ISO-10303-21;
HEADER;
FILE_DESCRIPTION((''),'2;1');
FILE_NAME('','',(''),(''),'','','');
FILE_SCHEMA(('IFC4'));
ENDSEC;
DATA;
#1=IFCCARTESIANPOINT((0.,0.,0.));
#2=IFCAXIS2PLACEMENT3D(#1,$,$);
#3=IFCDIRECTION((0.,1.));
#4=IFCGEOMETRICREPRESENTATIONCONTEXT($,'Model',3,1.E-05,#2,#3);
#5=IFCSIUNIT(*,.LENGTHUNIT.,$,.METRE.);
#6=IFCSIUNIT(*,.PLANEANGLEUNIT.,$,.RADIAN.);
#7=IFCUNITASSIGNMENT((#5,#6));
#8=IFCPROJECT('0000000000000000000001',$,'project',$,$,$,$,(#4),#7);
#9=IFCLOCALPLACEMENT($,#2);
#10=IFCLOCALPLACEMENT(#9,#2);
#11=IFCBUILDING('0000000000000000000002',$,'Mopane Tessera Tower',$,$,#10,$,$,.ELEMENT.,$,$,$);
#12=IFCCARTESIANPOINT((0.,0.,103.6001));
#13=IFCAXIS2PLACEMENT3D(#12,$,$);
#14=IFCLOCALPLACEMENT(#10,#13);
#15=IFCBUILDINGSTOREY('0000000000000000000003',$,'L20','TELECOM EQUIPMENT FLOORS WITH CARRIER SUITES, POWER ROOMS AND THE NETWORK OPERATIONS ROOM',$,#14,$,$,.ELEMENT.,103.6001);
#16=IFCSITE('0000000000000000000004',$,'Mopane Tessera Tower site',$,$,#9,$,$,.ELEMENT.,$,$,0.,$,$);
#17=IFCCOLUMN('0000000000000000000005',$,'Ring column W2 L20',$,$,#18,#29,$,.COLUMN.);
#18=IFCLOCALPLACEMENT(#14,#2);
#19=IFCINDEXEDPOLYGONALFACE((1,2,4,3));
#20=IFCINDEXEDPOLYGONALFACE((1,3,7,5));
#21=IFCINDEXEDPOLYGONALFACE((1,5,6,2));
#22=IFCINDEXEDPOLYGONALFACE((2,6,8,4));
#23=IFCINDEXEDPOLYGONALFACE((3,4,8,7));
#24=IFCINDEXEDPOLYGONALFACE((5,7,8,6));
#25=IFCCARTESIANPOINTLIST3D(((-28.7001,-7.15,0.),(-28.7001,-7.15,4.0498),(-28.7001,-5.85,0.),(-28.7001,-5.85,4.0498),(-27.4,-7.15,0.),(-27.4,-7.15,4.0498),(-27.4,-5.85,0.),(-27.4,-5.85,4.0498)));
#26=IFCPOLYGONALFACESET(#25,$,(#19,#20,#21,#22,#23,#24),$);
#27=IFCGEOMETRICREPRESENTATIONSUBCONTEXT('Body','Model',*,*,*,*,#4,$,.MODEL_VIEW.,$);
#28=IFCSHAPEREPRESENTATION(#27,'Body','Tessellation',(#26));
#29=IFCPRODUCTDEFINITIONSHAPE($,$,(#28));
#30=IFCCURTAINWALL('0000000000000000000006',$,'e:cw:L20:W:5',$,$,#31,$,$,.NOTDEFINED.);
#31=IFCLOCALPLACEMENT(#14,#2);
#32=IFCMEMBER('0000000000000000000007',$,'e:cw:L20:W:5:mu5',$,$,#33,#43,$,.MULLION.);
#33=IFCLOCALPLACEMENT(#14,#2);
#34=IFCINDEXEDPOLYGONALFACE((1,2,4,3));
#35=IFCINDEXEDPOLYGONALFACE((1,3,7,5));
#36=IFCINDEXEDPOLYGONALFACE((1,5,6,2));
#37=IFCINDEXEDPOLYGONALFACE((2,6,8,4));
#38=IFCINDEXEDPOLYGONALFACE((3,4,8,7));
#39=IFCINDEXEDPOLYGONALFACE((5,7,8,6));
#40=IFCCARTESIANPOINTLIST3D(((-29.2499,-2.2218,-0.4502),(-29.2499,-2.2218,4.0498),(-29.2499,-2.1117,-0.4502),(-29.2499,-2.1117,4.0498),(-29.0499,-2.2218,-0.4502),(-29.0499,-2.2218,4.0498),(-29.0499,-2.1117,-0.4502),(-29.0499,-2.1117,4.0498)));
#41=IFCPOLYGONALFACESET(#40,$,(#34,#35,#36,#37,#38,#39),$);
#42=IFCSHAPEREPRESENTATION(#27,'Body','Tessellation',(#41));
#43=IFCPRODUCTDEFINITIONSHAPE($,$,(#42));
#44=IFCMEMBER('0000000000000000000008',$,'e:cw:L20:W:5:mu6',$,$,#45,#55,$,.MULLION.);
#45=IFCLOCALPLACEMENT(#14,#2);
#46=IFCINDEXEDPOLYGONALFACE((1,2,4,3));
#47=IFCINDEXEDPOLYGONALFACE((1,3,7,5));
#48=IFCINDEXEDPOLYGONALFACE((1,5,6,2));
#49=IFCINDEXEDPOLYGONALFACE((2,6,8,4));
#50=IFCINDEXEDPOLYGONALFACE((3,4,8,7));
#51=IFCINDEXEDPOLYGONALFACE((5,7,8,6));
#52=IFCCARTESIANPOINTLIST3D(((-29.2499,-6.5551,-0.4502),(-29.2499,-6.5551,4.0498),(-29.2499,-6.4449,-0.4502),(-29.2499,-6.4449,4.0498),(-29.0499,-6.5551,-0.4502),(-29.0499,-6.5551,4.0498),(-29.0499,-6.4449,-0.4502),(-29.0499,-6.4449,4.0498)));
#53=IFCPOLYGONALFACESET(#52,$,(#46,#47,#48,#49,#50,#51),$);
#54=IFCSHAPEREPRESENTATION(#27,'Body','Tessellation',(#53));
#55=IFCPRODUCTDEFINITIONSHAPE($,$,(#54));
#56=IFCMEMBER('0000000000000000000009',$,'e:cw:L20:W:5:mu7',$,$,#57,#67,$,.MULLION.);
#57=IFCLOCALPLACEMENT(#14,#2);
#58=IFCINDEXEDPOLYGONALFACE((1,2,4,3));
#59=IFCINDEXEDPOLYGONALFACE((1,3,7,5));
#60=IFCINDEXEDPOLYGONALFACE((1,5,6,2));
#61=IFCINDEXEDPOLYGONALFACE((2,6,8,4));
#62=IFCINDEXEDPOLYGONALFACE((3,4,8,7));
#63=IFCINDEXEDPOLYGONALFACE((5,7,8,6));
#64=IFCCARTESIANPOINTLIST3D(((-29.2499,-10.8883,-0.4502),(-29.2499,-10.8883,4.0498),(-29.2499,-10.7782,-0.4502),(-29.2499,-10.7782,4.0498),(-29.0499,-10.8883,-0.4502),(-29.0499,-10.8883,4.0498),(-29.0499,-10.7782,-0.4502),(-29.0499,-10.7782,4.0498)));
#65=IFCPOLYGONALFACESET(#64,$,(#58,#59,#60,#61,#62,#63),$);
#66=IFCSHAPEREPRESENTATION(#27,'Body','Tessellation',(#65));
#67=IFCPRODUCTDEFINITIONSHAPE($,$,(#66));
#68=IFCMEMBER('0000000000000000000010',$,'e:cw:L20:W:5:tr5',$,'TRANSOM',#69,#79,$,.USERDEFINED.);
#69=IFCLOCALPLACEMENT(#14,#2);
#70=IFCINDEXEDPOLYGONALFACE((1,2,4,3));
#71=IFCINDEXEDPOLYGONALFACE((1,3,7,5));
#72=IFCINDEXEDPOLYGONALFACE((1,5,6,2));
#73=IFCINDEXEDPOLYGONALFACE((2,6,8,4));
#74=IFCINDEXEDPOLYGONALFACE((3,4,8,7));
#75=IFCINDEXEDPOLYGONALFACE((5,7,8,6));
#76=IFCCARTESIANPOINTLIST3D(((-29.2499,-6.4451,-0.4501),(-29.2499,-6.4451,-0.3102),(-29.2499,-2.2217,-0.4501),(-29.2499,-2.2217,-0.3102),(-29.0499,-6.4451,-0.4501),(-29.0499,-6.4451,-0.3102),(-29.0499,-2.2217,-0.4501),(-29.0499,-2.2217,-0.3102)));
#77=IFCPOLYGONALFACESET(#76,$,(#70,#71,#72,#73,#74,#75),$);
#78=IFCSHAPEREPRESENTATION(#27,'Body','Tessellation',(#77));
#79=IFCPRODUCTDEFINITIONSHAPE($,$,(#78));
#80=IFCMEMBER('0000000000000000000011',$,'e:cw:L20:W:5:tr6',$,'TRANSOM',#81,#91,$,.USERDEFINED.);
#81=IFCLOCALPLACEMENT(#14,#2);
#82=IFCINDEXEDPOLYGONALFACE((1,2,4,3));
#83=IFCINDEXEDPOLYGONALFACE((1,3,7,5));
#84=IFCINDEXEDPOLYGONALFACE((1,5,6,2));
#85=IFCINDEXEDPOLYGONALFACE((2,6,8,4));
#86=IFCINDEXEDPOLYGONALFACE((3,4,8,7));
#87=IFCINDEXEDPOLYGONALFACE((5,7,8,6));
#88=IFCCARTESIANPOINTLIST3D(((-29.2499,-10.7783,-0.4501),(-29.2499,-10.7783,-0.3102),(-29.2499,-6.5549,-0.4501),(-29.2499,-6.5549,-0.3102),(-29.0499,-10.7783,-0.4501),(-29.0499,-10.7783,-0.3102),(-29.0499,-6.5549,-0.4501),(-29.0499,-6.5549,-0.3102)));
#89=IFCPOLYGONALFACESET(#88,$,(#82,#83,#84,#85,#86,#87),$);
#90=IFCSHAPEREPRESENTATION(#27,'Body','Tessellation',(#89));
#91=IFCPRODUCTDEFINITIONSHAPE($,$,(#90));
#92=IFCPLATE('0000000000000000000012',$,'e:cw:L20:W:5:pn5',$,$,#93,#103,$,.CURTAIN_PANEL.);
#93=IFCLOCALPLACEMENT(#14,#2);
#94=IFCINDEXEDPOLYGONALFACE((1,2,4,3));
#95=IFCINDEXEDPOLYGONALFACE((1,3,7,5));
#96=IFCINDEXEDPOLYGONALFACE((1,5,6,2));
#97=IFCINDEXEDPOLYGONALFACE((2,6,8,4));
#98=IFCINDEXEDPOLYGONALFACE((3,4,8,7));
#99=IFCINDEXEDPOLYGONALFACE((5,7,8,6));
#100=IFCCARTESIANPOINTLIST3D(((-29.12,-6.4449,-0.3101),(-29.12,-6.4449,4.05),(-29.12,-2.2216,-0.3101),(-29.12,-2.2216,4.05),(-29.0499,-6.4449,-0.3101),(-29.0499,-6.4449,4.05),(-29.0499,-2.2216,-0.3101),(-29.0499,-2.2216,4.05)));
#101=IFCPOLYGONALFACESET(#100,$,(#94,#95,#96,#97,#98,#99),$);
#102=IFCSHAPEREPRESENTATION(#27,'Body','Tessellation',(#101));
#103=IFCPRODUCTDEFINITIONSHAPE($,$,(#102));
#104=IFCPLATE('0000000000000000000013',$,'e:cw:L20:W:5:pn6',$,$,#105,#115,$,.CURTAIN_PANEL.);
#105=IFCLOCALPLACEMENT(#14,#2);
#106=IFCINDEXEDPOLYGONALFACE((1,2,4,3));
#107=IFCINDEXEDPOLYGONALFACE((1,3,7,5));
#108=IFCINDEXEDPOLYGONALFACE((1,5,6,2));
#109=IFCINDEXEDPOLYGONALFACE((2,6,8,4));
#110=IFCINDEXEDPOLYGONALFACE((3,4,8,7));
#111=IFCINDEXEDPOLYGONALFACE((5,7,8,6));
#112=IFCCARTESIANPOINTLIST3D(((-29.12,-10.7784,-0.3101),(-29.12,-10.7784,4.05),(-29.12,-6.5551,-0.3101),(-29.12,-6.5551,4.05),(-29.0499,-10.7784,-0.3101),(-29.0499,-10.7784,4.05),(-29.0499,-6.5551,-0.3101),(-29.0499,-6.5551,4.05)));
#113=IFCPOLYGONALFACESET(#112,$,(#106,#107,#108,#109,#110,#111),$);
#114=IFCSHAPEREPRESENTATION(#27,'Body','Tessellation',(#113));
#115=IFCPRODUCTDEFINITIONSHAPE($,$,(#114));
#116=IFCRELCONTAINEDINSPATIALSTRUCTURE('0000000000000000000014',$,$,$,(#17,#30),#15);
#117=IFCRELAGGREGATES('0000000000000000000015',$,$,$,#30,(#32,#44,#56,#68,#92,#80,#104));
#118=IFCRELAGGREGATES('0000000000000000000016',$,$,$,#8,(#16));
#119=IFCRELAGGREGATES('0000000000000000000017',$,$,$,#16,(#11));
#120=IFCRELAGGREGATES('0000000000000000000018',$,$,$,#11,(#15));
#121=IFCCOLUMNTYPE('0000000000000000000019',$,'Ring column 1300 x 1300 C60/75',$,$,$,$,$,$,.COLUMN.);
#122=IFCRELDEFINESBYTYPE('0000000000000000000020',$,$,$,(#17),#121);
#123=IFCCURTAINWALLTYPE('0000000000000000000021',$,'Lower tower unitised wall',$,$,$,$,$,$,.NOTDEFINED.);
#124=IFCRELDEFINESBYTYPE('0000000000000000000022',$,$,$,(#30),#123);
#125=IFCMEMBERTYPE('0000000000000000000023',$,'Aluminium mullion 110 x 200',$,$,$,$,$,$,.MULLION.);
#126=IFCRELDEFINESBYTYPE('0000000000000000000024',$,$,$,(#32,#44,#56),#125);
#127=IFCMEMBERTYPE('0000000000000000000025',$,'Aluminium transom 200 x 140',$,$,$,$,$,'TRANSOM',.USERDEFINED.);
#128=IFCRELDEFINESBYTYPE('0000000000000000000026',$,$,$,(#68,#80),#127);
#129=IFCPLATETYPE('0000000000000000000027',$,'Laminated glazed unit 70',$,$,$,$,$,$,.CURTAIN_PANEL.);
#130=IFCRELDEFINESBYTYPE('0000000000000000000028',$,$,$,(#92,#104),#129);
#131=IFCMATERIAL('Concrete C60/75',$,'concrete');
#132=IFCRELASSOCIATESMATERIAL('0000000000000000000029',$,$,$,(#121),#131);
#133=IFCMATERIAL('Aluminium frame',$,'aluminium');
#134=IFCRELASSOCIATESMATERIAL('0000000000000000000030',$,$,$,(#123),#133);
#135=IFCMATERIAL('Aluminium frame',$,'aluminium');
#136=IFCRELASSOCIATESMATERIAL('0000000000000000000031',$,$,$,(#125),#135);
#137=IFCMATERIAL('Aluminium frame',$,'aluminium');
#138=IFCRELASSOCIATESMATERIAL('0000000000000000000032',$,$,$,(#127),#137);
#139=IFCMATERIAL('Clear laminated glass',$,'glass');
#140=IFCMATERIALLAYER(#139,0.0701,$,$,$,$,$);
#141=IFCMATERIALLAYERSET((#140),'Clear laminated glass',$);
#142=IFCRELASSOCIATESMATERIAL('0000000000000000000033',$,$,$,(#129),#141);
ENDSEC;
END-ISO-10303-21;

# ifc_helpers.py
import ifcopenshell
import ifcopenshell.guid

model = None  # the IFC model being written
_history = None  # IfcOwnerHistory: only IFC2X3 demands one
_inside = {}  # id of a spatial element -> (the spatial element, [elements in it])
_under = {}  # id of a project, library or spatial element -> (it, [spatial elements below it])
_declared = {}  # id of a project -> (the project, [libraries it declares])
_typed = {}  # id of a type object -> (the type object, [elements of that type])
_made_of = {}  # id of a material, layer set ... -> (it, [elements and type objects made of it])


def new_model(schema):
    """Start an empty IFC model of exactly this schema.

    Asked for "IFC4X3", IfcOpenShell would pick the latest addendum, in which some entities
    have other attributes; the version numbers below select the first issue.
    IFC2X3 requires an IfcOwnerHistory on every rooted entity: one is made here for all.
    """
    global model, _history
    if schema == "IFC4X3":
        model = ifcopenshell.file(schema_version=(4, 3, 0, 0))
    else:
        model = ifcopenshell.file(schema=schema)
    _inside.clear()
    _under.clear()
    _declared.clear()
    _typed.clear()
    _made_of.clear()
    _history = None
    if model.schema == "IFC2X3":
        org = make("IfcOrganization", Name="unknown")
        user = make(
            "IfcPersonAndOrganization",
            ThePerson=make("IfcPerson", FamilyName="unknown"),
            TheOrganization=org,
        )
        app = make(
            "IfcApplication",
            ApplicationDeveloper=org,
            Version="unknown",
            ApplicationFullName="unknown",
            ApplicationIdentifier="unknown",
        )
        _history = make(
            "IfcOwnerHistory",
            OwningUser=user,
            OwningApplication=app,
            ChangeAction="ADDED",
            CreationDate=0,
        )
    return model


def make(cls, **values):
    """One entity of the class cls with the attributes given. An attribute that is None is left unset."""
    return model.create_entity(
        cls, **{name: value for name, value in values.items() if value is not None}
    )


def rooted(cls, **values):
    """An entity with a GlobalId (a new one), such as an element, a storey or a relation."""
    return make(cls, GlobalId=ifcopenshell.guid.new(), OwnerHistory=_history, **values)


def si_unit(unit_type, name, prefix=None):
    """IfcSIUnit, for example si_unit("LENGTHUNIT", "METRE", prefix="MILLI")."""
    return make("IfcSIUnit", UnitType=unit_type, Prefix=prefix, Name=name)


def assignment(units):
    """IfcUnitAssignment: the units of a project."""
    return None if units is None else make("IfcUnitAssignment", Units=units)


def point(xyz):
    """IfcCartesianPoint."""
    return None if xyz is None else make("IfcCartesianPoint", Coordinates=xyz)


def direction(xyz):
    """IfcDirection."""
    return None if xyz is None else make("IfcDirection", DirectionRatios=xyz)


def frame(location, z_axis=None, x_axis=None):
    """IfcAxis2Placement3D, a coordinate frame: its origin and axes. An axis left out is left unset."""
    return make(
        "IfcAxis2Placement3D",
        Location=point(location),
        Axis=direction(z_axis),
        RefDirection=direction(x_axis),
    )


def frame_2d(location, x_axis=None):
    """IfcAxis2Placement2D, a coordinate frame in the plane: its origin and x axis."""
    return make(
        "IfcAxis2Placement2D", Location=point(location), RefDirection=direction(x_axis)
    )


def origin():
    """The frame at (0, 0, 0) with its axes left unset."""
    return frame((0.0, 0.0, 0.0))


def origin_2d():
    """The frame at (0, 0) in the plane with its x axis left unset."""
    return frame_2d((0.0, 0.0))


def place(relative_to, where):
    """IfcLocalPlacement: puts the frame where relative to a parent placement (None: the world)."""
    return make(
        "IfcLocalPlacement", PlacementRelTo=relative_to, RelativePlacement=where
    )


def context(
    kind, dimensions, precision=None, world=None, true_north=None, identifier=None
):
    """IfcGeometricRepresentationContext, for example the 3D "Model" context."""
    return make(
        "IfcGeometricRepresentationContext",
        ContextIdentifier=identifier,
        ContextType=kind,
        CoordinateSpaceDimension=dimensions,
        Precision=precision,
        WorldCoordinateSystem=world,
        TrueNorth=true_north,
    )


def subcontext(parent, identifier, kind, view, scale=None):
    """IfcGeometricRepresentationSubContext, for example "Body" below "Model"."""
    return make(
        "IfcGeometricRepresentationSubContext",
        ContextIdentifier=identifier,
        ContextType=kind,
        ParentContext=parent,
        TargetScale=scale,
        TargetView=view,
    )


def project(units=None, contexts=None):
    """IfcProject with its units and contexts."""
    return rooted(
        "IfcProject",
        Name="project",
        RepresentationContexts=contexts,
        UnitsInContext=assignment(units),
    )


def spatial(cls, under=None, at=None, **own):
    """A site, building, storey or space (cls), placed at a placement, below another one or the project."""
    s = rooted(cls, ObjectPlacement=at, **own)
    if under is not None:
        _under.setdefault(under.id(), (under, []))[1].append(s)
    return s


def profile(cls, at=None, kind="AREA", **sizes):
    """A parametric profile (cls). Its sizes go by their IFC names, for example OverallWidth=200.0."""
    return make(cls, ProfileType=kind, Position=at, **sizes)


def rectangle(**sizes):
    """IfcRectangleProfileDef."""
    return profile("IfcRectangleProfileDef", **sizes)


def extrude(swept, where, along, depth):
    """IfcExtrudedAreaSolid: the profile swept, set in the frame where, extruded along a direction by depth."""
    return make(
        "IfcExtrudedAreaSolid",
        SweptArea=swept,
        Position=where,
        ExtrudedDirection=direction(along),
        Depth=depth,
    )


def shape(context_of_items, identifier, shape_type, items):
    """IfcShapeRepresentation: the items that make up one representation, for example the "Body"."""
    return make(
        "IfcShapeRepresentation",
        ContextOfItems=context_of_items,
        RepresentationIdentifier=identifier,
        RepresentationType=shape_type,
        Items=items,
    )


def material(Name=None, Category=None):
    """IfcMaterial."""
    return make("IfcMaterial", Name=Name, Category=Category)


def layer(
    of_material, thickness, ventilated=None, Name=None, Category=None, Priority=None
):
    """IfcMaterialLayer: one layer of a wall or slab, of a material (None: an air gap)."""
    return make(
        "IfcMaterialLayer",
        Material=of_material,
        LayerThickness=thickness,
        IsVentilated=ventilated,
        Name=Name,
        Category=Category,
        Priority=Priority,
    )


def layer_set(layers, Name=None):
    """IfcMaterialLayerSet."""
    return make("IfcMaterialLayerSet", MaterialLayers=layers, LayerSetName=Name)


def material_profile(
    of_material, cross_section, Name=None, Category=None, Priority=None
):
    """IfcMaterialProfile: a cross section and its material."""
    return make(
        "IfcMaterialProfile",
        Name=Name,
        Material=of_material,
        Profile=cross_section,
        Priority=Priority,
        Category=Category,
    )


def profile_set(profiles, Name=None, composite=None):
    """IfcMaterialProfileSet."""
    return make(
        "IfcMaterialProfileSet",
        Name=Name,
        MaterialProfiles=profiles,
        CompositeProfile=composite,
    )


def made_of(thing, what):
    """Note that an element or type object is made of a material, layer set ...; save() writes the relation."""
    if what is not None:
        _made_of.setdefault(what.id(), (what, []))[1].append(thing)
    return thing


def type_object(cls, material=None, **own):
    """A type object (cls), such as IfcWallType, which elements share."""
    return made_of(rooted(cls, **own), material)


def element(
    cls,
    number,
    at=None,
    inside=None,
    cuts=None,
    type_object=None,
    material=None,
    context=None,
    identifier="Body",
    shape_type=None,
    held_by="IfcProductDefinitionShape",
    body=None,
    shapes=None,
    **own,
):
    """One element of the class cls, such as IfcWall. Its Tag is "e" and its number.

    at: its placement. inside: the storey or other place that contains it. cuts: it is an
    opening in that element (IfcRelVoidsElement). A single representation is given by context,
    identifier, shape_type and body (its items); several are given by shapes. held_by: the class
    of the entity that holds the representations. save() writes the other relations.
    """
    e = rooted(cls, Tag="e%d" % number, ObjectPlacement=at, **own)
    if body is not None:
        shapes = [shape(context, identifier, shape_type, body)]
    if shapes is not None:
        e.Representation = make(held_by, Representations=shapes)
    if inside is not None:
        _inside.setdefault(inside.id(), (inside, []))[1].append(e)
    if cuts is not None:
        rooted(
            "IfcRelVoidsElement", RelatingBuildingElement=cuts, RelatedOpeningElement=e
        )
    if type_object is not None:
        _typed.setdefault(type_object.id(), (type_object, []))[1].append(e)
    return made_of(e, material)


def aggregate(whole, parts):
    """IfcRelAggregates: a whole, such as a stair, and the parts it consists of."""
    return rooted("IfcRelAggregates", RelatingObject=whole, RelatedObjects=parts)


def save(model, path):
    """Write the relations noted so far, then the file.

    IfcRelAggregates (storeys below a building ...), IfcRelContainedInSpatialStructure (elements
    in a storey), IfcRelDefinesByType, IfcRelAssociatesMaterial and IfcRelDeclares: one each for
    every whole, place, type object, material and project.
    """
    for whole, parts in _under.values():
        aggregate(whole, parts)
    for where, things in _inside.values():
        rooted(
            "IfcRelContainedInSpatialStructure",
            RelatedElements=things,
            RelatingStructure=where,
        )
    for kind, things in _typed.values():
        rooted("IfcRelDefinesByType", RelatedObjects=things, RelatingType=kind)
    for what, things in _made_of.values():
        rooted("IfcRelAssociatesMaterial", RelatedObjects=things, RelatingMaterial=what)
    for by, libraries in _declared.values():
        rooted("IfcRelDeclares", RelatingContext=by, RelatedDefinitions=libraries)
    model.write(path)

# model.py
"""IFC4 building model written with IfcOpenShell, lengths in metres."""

from ifc_helpers import new_model, si_unit, direction, frame, origin, origin_2d, place, context, subcontext, project, spatial, rectangle, extrude, material, layer, layer_set, material_profile, profile_set, type_object, element, aggregate, save


model = new_model("IFC4")

# Units and contexts
model_context = context("Model", 3, precision=1e-05, world=origin(), true_north=direction((0.0, 1.0)))
body_context = subcontext(model_context, "Body", "Model", "MODEL_VIEW")
ifc_project = project(units=[si_unit("LENGTHUNIT", "METRE"), si_unit("PLANEANGLEUNIT", "RADIAN")], contexts=[model_context])

# Site, building, storey
site_placement = place(None, origin())
site = spatial("IfcSite", under=ifc_project, at=site_placement, Name="Mopane Tessera Tower site", CompositionType="ELEMENT", RefElevation=0.0)
building_placement = place(site_placement, origin())
building = spatial("IfcBuilding", under=site, at=building_placement, Name="Mopane Tessera Tower", CompositionType="ELEMENT")
storey_placement = place(building_placement, frame((0.0, 0.0, 103.6001)))
storey = spatial("IfcBuildingStorey", under=building, at=storey_placement, Name="L20", Description="TELECOM EQUIPMENT FLOORS WITH CARRIER SUITES, POWER ROOMS AND THE NETWORK OPERATIONS ROOM", CompositionType="ELEMENT", Elevation=103.6001)

# Column
ifc_material_1 = material(Name="Concrete C60/75", Category="concrete")
ifc_material_profile_1 = material_profile(ifc_material_1, rectangle(XDim=1.3, YDim=1.3, at=origin_2d()))
ifc_profile_set_1 = profile_set([ifc_material_profile_1], Name="Concrete C60/75")
column_type = type_object("IfcColumnType", Name="Ring column 1300 x 1300 C60/75", PredefinedType="COLUMN", material=ifc_profile_set_1)
column_placement = place(storey_placement, frame((-28.05, -6.5, 0.0), z_axis=(0.0, 0.0, 1.0), x_axis=(1.0, 0.0, 0.0)))
element("IfcColumn", 1, at=column_placement, inside=storey, type_object=column_type, Name="Ring column W2 L20", PredefinedType="COLUMN", context=body_context, shape_type="SweptSolid", body=[
    extrude(rectangle(XDim=1.3, YDim=1.3, at=origin_2d()), origin(), (0.0, 0.0, 1.0), 4.0498),
])

# Curtain wall, members, plates
ifc_material_2 = material(Name="Aluminium frame", Category="aluminium")
curtain_wall_type = type_object("IfcCurtainWallType", Name="Lower tower unitised wall", PredefinedType="NOTDEFINED", material=ifc_material_2)
curtain_wall_placement = place(storey_placement, origin())
curtain_wall = element("IfcCurtainWall", 2, at=curtain_wall_placement, inside=storey, type_object=curtain_wall_type, Name="e:cw:L20:W:5", PredefinedType="NOTDEFINED")
ifc_material_3 = material(Name="Aluminium frame", Category="aluminium")
ifc_material_profile_2 = material_profile(ifc_material_3, rectangle(XDim=0.1101, YDim=0.2, at=origin_2d()))
ifc_profile_set_2 = profile_set([ifc_material_profile_2], Name="Aluminium frame")
member_type_1 = type_object("IfcMemberType", Name="Aluminium mullion 110 x 200", PredefinedType="MULLION", material=ifc_profile_set_2)
member_1_placement = place(storey_placement, frame((-29.1499, -2.1667, -0.4502), z_axis=(0.0, 0.0, 1.0), x_axis=(0.0, -1.0, 0.0)))
member_1 = element("IfcMember", 3, at=member_1_placement, type_object=member_type_1, Name="e:cw:L20:W:5:mu5", PredefinedType="MULLION", context=body_context, shape_type="SweptSolid", body=[
    extrude(rectangle(XDim=0.1101, YDim=0.2, at=origin_2d()), origin(), (0.0, 0.0, 1.0), 4.5),
])
member_2_placement = place(storey_placement, frame((-29.1499, -6.5, -0.4502), z_axis=(0.0, 0.0, 1.0), x_axis=(0.0, -1.0, 0.0)))
member_2 = element("IfcMember", 4, at=member_2_placement, type_object=member_type_1, Name="e:cw:L20:W:5:mu6", PredefinedType="MULLION", context=body_context, shape_type="SweptSolid", body=[
    extrude(rectangle(XDim=0.1101, YDim=0.2, at=origin_2d()), origin(), (0.0, 0.0, 1.0), 4.5),
])
member_3_placement = place(storey_placement, frame((-29.1499, -10.8333, -0.4502), z_axis=(0.0, 0.0, 1.0), x_axis=(0.0, -1.0, 0.0)))
member_3 = element("IfcMember", 5, at=member_3_placement, type_object=member_type_1, Name="e:cw:L20:W:5:mu7", PredefinedType="MULLION", context=body_context, shape_type="SweptSolid", body=[
    extrude(rectangle(XDim=0.1101, YDim=0.2, at=origin_2d()), origin(), (0.0, 0.0, 1.0), 4.5),
])
ifc_material_4 = material(Name="Aluminium frame", Category="aluminium")
ifc_material_profile_3 = material_profile(ifc_material_4, rectangle(XDim=0.2, YDim=0.1399, at=origin_2d()))
ifc_profile_set_3 = profile_set([ifc_material_profile_3], Name="Aluminium frame")
member_type_2 = type_object("IfcMemberType", Name="Aluminium transom 200 x 140", ElementType="TRANSOM", PredefinedType="USERDEFINED", material=ifc_profile_set_3)
member_4_placement = place(storey_placement, frame((-29.1499, -2.2217, -0.3801), z_axis=(0.0, -1.0, 0.0), x_axis=(1.0, 0.0, 0.0)))
member_4 = element("IfcMember", 6, at=member_4_placement, type_object=member_type_2, Name="e:cw:L20:W:5:tr5", ObjectType="TRANSOM", PredefinedType="USERDEFINED", context=body_context, shape_type="SweptSolid", body=[
    extrude(rectangle(XDim=0.2, YDim=0.1399, at=origin_2d()), origin(), (0.0, 0.0, 1.0), 4.2234),
])
member_5_placement = place(storey_placement, frame((-29.1499, -6.5549, -0.3801), z_axis=(0.0, -1.0, 0.0), x_axis=(1.0, 0.0, 0.0)))
member_5 = element("IfcMember", 7, at=member_5_placement, type_object=member_type_2, Name="e:cw:L20:W:5:tr6", ObjectType="TRANSOM", PredefinedType="USERDEFINED", context=body_context, shape_type="SweptSolid", body=[
    extrude(rectangle(XDim=0.2, YDim=0.1399, at=origin_2d()), origin(), (0.0, 0.0, 1.0), 4.2234),
])
ifc_material_5 = material(Name="Clear laminated glass", Category="glass")
ifc_layer_1 = layer(ifc_material_5, 0.0701)
ifc_layer_set_1 = layer_set([ifc_layer_1], Name="Clear laminated glass")
plate_type = type_object("IfcPlateType", Name="Laminated glazed unit 70", PredefinedType="CURTAIN_PANEL", material=ifc_layer_set_1)
plate_1_placement = place(storey_placement, frame((-29.085, -4.3333, -0.3101), z_axis=(0.0, 0.0, 1.0), x_axis=(0.0, -1.0, 0.0)))
plate_1 = element("IfcPlate", 8, at=plate_1_placement, type_object=plate_type, Name="e:cw:L20:W:5:pn5", PredefinedType="CURTAIN_PANEL", context=body_context, shape_type="SweptSolid", body=[
    extrude(rectangle(XDim=4.2234, YDim=0.0701, at=origin_2d()), origin(), (0.0, 0.0, 1.0), 4.3601),
])
plate_2_placement = place(storey_placement, frame((-29.085, -8.6667, -0.3101), z_axis=(0.0, 0.0, 1.0), x_axis=(0.0, -1.0, 0.0)))
plate_2 = element("IfcPlate", 9, at=plate_2_placement, type_object=plate_type, Name="e:cw:L20:W:5:pn6", PredefinedType="CURTAIN_PANEL", context=body_context, shape_type="SweptSolid", body=[
    extrude(rectangle(XDim=4.2234, YDim=0.0701, at=origin_2d()), origin(), (0.0, 0.0, 1.0), 4.3601),
])
aggregate(curtain_wall, [member_1, member_2, member_3, member_4, plate_1, member_5, plate_2])

save(model, "model.ifc")
